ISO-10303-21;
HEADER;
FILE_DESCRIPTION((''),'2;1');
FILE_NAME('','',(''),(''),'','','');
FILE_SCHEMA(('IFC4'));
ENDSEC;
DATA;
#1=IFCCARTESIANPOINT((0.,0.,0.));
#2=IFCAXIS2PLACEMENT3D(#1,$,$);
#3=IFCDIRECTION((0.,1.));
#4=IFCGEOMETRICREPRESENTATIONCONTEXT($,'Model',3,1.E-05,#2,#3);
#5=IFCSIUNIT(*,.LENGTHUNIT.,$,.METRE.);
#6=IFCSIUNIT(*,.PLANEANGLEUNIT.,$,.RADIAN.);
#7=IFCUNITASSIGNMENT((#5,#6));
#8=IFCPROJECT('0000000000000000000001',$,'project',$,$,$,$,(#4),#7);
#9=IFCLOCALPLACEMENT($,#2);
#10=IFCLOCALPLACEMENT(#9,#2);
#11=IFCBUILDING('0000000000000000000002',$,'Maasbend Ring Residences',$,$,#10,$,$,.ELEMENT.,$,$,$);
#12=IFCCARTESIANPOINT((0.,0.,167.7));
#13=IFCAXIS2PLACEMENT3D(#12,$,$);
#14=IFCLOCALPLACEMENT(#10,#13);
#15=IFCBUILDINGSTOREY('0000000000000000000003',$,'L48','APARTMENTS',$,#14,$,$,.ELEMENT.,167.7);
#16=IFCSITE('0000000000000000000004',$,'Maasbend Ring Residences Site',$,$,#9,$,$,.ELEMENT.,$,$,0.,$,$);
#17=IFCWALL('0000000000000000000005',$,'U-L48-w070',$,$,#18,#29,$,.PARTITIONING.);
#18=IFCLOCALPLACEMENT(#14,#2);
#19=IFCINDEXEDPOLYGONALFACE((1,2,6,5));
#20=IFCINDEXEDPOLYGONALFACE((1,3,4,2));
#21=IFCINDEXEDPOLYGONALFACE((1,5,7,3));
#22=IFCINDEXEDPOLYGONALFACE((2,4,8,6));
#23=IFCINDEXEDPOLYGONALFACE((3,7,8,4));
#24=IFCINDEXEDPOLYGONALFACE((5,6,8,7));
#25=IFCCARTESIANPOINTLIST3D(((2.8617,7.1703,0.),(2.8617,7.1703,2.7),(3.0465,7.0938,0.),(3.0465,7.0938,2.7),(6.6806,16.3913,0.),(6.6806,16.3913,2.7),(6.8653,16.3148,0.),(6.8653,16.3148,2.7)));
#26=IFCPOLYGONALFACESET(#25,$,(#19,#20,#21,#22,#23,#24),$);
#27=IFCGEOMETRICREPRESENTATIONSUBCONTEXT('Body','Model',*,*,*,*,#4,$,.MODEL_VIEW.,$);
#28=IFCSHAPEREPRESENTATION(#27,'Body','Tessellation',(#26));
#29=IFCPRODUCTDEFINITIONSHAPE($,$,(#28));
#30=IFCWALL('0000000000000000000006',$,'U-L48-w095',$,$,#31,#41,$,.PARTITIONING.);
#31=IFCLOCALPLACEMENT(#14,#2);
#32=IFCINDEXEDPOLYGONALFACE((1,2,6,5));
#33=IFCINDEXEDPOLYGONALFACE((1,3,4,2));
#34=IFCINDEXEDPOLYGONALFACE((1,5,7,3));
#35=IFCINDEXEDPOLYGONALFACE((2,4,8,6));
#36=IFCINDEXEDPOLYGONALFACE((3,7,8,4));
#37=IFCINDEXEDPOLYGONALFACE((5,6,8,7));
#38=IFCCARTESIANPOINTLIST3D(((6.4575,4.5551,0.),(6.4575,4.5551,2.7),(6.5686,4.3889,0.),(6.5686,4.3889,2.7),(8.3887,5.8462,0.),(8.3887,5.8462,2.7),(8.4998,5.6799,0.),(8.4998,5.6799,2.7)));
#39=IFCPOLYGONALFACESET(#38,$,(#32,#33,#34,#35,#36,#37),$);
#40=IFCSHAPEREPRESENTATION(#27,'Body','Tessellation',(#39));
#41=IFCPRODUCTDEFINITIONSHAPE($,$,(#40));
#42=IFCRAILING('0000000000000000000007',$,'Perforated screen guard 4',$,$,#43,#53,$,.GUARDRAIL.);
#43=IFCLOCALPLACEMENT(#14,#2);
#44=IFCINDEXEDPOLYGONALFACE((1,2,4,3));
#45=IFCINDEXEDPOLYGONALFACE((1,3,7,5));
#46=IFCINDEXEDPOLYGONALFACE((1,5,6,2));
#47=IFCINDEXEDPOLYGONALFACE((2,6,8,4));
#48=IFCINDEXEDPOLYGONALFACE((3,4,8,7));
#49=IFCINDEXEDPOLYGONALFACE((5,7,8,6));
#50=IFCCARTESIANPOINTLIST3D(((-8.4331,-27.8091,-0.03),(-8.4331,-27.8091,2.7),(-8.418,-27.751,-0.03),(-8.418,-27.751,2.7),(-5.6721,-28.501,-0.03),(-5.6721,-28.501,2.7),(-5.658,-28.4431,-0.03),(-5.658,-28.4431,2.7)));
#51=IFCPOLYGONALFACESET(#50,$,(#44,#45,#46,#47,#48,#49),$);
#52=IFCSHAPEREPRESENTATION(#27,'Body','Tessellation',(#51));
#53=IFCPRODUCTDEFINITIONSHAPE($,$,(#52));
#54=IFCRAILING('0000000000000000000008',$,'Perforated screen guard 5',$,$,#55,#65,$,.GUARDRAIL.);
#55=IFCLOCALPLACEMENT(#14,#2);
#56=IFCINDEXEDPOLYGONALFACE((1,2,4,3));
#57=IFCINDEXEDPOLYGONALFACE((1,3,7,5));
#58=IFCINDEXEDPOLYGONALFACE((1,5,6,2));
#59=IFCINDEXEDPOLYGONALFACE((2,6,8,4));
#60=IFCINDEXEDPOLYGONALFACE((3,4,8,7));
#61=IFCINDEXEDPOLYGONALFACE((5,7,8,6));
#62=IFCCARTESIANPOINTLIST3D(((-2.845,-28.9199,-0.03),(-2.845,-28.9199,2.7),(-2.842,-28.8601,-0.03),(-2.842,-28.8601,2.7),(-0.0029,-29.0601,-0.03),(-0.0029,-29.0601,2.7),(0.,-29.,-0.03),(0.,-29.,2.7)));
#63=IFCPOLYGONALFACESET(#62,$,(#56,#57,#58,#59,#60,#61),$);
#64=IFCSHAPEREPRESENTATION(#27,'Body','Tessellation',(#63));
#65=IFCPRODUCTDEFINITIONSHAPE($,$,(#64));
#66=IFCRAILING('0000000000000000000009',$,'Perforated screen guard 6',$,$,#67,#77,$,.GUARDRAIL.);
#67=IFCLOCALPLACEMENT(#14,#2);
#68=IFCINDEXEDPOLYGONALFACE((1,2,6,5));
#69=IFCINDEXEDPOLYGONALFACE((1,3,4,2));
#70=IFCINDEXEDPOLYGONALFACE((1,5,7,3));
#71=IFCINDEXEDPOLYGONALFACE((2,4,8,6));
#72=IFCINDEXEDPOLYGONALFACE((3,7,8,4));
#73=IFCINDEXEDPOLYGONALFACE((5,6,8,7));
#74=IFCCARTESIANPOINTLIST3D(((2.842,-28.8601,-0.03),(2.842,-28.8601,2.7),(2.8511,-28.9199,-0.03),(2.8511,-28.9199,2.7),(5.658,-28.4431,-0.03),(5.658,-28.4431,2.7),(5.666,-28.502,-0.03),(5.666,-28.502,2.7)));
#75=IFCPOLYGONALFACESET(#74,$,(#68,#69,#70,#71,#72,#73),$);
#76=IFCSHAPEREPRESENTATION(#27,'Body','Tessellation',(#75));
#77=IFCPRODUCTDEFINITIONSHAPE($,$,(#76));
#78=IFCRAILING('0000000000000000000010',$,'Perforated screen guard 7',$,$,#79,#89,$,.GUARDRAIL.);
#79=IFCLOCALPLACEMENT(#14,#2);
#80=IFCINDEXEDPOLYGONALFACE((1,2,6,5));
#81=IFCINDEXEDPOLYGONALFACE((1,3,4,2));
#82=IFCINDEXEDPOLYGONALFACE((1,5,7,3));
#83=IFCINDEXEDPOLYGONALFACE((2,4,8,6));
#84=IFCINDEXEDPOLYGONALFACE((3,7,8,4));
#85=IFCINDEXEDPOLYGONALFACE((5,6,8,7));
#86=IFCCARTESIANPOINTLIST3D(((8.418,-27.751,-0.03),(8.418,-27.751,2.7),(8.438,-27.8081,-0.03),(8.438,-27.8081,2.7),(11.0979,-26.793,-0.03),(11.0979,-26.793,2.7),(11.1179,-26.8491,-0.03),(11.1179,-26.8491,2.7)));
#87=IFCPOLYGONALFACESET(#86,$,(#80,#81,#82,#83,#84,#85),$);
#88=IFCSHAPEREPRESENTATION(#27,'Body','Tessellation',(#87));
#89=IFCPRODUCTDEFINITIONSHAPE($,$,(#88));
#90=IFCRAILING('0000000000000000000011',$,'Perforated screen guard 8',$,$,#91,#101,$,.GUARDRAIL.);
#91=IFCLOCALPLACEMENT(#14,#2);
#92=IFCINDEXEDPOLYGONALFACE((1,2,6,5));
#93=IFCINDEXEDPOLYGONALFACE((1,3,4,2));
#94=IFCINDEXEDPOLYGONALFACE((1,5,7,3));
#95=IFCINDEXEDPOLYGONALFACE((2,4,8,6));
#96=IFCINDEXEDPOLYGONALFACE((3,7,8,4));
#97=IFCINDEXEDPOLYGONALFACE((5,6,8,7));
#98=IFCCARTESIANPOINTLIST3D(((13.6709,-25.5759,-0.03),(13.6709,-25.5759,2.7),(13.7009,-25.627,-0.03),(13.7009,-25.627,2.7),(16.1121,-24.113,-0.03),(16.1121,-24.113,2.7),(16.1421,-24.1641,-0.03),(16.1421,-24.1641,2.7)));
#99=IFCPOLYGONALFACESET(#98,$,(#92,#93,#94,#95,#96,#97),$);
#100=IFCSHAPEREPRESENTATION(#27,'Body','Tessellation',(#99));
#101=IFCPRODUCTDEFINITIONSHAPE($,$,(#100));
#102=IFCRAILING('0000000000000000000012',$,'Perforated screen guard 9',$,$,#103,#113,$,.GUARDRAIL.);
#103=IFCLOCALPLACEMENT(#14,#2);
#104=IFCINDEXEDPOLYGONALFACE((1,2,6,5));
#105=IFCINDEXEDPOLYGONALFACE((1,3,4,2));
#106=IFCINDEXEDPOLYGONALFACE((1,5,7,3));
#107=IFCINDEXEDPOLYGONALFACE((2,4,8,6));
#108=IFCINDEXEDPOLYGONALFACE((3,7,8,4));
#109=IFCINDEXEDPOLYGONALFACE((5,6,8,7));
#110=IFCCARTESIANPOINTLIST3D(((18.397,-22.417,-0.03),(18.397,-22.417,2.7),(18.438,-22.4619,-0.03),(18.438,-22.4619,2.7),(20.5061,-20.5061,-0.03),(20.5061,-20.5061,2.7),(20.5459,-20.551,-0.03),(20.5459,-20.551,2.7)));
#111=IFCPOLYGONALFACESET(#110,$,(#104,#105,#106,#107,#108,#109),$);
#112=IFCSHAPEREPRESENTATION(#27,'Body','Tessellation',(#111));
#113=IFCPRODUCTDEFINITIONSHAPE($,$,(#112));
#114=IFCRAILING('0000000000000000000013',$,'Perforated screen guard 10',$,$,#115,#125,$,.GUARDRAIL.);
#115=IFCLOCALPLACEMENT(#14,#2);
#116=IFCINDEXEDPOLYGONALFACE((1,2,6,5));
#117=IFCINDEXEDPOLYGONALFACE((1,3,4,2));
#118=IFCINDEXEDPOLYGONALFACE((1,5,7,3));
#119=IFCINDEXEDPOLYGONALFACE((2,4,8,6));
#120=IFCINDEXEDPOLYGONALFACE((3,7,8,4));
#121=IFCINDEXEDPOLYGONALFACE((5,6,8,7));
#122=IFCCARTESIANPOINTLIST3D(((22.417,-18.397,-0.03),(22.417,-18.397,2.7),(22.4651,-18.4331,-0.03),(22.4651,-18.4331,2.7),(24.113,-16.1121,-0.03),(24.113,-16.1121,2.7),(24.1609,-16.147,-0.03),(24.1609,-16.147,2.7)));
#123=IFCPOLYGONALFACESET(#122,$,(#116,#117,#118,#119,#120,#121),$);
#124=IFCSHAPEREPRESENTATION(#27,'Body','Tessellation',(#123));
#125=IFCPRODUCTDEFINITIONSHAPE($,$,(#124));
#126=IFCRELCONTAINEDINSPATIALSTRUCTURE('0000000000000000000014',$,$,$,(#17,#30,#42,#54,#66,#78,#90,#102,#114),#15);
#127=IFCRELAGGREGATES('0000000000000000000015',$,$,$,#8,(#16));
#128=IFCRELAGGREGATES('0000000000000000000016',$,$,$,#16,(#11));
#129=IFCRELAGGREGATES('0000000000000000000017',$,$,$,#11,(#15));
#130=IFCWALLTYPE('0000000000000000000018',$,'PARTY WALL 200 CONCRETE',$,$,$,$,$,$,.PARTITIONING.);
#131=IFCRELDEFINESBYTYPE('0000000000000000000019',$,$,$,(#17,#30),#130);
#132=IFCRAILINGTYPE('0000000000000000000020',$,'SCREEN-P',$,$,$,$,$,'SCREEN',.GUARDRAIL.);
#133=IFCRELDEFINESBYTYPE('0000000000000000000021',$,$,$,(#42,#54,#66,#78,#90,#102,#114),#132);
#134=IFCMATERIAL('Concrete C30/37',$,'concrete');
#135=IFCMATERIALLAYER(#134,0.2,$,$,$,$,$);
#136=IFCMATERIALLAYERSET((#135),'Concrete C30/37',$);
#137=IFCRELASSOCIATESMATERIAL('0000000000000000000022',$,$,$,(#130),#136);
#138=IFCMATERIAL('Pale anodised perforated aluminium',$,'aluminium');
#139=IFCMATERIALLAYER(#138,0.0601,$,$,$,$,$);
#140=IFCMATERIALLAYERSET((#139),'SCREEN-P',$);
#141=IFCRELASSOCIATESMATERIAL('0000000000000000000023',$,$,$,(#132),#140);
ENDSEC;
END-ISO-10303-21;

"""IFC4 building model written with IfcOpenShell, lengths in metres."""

from ifc_helpers import new_model, si_unit, direction, frame, frame_2d, origin, place, context, subcontext, project, spatial, polyline, rectangle, outline, extrude, material, layer, layer_set, type_object, element, save


model = new_model("IFC4")

# Units and contexts
model_context = context("Model", 3, precision=1e-05, world=origin(), true_north=direction((0.0, 1.0)))
body_context = subcontext(model_context, "Body", "Model", "MODEL_VIEW")
ifc_project = project(units=[si_unit("LENGTHUNIT", "METRE"), si_unit("PLANEANGLEUNIT", "RADIAN")], contexts=[model_context])

# Site, building, storey
site_placement = place(None, origin())
site = spatial("IfcSite", under=ifc_project, at=site_placement, Name="Maasbend Ring Residences Site", CompositionType="ELEMENT", RefElevation=0.0)
building_placement = place(site_placement, origin())
building = spatial("IfcBuilding", under=site, at=building_placement, Name="Maasbend Ring Residences", CompositionType="ELEMENT")
storey_placement = place(building_placement, frame((0.0, 0.0, 167.7)))
storey = spatial("IfcBuildingStorey", under=building, at=storey_placement, Name="L48", Description="APARTMENTS", CompositionType="ELEMENT", Elevation=167.7)

# Walls
ifc_material_1 = material(Name="Concrete C30/37", Category="concrete")
ifc_layer_1 = layer(ifc_material_1, 0.2)
ifc_layer_set_1 = layer_set([ifc_layer_1], Name="Concrete C30/37")
wall_type_1 = type_object("IfcWallType", Name="PARTY WALL 200 CONCRETE", PredefinedType="PARTITIONING", material=ifc_layer_set_1)
wall_1_placement = place(storey_placement, frame((2.9541, 7.1321, 0.0), z_axis=(0.0, 0.0, 1.0), x_axis=(0.382633, 0.923901, 0.0)))
element("IfcWall", 1, at=wall_1_placement, inside=storey, type_object=wall_type_1, Name="U-L48-w070", PredefinedType="PARTITIONING", context=body_context, shape_type="SweptSolid", body=[
    extrude(rectangle(XDim=9.9805, YDim=0.2, at=frame_2d((4.9902, 0.0))), origin(), (0.0, 0.0, 1.0), 2.7),
])
wall_2_placement = place(storey_placement, frame((6.5129, 4.4719, 0.0), z_axis=(0.0, 0.0, 1.0), x_axis=(0.831338, 0.555767, 0.0)))
element("IfcWall", 2, at=wall_2_placement, inside=storey, type_object=wall_type_1, Name="U-L48-w095", PredefinedType="PARTITIONING", context=body_context, shape_type="SweptSolid", body=[
    extrude(rectangle(XDim=2.323, YDim=0.2, at=frame_2d((1.1616, 0.0))), origin(), (0.0, 0.0, 1.0), 2.7),
])

# Railings
ifc_material_2 = material(Name="Pale anodised perforated aluminium", Category="aluminium")
ifc_layer_2 = layer(ifc_material_2, 0.0601)
ifc_layer_set_2 = layer_set([ifc_layer_2], Name="SCREEN-P")
railing_type = type_object("IfcRailingType", Name="SCREEN-P", ElementType="SCREEN", PredefinedType="GUARDRAIL", material=ifc_layer_set_2)
railing_1_placement = place(storey_placement, frame((0.0, 0.0, -0.03)))
element("IfcRailing", 3, at=railing_1_placement, inside=storey, type_object=railing_type, Name="Perforated screen guard 4", PredefinedType="GUARDRAIL", context=body_context, shape_type="SweptSolid", body=[
    extrude(outline(polyline([(-8.418, -27.751), (-5.658, -28.4431), (-5.6721, -28.501), (-8.4331, -27.8091), (-8.418, -27.751)])), origin(), (0.0, 0.0, 1.0), 2.73),
])
railing_2_placement = place(storey_placement, frame((0.0, 0.0, -0.03)))
element("IfcRailing", 4, at=railing_2_placement, inside=storey, type_object=railing_type, Name="Perforated screen guard 5", PredefinedType="GUARDRAIL", context=body_context, shape_type="SweptSolid", body=[
    extrude(outline(polyline([(-2.842, -28.8601), (0.0, -29.0), (-0.0029, -29.0601), (-2.845, -28.9199), (-2.842, -28.8601)])), origin(), (0.0, 0.0, 1.0), 2.73),
])
railing_3_placement = place(storey_placement, frame((0.0, 0.0, -0.03)))
element("IfcRailing", 5, at=railing_3_placement, inside=storey, type_object=railing_type, Name="Perforated screen guard 6", PredefinedType="GUARDRAIL", context=body_context, shape_type="SweptSolid", body=[
    extrude(outline(polyline([(2.842, -28.8601), (5.658, -28.4431), (5.666, -28.502), (2.8511, -28.9199), (2.842, -28.8601)])), origin(), (0.0, 0.0, 1.0), 2.73),
])
railing_4_placement = place(storey_placement, frame((0.0, 0.0, -0.03)))
element("IfcRailing", 6, at=railing_4_placement, inside=storey, type_object=railing_type, Name="Perforated screen guard 7", PredefinedType="GUARDRAIL", context=body_context, shape_type="SweptSolid", body=[
    extrude(outline(polyline([(8.418, -27.751), (11.0979, -26.793), (11.1179, -26.8491), (8.438, -27.8081), (8.418, -27.751)])), origin(), (0.0, 0.0, 1.0), 2.73),
])
railing_5_placement = place(storey_placement, frame((0.0, 0.0, -0.03)))
element("IfcRailing", 7, at=railing_5_placement, inside=storey, type_object=railing_type, Name="Perforated screen guard 8", PredefinedType="GUARDRAIL", context=body_context, shape_type="SweptSolid", body=[
    extrude(outline(polyline([(13.6709, -25.5759), (16.1121, -24.113), (16.1421, -24.1641), (13.7009, -25.627), (13.6709, -25.5759)])), origin(), (0.0, 0.0, 1.0), 2.73),
])
railing_6_placement = place(storey_placement, frame((0.0, 0.0, -0.03)))
element("IfcRailing", 8, at=railing_6_placement, inside=storey, type_object=railing_type, Name="Perforated screen guard 9", PredefinedType="GUARDRAIL", context=body_context, shape_type="SweptSolid", body=[
    extrude(outline(polyline([(18.397, -22.417), (20.5061, -20.5061), (20.5459, -20.551), (18.438, -22.4619), (18.397, -22.417)])), origin(), (0.0, 0.0, 1.0), 2.73),
])
railing_7_placement = place(storey_placement, frame((0.0, 0.0, -0.03)))
element("IfcRailing", 9, at=railing_7_placement, inside=storey, type_object=railing_type, Name="Perforated screen guard 10", PredefinedType="GUARDRAIL", context=body_context, shape_type="SweptSolid", body=[
    extrude(outline(polyline([(22.417, -18.397), (24.113, -16.1121), (24.1609, -16.147), (22.4651, -18.4331), (22.417, -18.397)])), origin(), (0.0, 0.0, 1.0), 2.73),
])

save(model, "model.ifc")
